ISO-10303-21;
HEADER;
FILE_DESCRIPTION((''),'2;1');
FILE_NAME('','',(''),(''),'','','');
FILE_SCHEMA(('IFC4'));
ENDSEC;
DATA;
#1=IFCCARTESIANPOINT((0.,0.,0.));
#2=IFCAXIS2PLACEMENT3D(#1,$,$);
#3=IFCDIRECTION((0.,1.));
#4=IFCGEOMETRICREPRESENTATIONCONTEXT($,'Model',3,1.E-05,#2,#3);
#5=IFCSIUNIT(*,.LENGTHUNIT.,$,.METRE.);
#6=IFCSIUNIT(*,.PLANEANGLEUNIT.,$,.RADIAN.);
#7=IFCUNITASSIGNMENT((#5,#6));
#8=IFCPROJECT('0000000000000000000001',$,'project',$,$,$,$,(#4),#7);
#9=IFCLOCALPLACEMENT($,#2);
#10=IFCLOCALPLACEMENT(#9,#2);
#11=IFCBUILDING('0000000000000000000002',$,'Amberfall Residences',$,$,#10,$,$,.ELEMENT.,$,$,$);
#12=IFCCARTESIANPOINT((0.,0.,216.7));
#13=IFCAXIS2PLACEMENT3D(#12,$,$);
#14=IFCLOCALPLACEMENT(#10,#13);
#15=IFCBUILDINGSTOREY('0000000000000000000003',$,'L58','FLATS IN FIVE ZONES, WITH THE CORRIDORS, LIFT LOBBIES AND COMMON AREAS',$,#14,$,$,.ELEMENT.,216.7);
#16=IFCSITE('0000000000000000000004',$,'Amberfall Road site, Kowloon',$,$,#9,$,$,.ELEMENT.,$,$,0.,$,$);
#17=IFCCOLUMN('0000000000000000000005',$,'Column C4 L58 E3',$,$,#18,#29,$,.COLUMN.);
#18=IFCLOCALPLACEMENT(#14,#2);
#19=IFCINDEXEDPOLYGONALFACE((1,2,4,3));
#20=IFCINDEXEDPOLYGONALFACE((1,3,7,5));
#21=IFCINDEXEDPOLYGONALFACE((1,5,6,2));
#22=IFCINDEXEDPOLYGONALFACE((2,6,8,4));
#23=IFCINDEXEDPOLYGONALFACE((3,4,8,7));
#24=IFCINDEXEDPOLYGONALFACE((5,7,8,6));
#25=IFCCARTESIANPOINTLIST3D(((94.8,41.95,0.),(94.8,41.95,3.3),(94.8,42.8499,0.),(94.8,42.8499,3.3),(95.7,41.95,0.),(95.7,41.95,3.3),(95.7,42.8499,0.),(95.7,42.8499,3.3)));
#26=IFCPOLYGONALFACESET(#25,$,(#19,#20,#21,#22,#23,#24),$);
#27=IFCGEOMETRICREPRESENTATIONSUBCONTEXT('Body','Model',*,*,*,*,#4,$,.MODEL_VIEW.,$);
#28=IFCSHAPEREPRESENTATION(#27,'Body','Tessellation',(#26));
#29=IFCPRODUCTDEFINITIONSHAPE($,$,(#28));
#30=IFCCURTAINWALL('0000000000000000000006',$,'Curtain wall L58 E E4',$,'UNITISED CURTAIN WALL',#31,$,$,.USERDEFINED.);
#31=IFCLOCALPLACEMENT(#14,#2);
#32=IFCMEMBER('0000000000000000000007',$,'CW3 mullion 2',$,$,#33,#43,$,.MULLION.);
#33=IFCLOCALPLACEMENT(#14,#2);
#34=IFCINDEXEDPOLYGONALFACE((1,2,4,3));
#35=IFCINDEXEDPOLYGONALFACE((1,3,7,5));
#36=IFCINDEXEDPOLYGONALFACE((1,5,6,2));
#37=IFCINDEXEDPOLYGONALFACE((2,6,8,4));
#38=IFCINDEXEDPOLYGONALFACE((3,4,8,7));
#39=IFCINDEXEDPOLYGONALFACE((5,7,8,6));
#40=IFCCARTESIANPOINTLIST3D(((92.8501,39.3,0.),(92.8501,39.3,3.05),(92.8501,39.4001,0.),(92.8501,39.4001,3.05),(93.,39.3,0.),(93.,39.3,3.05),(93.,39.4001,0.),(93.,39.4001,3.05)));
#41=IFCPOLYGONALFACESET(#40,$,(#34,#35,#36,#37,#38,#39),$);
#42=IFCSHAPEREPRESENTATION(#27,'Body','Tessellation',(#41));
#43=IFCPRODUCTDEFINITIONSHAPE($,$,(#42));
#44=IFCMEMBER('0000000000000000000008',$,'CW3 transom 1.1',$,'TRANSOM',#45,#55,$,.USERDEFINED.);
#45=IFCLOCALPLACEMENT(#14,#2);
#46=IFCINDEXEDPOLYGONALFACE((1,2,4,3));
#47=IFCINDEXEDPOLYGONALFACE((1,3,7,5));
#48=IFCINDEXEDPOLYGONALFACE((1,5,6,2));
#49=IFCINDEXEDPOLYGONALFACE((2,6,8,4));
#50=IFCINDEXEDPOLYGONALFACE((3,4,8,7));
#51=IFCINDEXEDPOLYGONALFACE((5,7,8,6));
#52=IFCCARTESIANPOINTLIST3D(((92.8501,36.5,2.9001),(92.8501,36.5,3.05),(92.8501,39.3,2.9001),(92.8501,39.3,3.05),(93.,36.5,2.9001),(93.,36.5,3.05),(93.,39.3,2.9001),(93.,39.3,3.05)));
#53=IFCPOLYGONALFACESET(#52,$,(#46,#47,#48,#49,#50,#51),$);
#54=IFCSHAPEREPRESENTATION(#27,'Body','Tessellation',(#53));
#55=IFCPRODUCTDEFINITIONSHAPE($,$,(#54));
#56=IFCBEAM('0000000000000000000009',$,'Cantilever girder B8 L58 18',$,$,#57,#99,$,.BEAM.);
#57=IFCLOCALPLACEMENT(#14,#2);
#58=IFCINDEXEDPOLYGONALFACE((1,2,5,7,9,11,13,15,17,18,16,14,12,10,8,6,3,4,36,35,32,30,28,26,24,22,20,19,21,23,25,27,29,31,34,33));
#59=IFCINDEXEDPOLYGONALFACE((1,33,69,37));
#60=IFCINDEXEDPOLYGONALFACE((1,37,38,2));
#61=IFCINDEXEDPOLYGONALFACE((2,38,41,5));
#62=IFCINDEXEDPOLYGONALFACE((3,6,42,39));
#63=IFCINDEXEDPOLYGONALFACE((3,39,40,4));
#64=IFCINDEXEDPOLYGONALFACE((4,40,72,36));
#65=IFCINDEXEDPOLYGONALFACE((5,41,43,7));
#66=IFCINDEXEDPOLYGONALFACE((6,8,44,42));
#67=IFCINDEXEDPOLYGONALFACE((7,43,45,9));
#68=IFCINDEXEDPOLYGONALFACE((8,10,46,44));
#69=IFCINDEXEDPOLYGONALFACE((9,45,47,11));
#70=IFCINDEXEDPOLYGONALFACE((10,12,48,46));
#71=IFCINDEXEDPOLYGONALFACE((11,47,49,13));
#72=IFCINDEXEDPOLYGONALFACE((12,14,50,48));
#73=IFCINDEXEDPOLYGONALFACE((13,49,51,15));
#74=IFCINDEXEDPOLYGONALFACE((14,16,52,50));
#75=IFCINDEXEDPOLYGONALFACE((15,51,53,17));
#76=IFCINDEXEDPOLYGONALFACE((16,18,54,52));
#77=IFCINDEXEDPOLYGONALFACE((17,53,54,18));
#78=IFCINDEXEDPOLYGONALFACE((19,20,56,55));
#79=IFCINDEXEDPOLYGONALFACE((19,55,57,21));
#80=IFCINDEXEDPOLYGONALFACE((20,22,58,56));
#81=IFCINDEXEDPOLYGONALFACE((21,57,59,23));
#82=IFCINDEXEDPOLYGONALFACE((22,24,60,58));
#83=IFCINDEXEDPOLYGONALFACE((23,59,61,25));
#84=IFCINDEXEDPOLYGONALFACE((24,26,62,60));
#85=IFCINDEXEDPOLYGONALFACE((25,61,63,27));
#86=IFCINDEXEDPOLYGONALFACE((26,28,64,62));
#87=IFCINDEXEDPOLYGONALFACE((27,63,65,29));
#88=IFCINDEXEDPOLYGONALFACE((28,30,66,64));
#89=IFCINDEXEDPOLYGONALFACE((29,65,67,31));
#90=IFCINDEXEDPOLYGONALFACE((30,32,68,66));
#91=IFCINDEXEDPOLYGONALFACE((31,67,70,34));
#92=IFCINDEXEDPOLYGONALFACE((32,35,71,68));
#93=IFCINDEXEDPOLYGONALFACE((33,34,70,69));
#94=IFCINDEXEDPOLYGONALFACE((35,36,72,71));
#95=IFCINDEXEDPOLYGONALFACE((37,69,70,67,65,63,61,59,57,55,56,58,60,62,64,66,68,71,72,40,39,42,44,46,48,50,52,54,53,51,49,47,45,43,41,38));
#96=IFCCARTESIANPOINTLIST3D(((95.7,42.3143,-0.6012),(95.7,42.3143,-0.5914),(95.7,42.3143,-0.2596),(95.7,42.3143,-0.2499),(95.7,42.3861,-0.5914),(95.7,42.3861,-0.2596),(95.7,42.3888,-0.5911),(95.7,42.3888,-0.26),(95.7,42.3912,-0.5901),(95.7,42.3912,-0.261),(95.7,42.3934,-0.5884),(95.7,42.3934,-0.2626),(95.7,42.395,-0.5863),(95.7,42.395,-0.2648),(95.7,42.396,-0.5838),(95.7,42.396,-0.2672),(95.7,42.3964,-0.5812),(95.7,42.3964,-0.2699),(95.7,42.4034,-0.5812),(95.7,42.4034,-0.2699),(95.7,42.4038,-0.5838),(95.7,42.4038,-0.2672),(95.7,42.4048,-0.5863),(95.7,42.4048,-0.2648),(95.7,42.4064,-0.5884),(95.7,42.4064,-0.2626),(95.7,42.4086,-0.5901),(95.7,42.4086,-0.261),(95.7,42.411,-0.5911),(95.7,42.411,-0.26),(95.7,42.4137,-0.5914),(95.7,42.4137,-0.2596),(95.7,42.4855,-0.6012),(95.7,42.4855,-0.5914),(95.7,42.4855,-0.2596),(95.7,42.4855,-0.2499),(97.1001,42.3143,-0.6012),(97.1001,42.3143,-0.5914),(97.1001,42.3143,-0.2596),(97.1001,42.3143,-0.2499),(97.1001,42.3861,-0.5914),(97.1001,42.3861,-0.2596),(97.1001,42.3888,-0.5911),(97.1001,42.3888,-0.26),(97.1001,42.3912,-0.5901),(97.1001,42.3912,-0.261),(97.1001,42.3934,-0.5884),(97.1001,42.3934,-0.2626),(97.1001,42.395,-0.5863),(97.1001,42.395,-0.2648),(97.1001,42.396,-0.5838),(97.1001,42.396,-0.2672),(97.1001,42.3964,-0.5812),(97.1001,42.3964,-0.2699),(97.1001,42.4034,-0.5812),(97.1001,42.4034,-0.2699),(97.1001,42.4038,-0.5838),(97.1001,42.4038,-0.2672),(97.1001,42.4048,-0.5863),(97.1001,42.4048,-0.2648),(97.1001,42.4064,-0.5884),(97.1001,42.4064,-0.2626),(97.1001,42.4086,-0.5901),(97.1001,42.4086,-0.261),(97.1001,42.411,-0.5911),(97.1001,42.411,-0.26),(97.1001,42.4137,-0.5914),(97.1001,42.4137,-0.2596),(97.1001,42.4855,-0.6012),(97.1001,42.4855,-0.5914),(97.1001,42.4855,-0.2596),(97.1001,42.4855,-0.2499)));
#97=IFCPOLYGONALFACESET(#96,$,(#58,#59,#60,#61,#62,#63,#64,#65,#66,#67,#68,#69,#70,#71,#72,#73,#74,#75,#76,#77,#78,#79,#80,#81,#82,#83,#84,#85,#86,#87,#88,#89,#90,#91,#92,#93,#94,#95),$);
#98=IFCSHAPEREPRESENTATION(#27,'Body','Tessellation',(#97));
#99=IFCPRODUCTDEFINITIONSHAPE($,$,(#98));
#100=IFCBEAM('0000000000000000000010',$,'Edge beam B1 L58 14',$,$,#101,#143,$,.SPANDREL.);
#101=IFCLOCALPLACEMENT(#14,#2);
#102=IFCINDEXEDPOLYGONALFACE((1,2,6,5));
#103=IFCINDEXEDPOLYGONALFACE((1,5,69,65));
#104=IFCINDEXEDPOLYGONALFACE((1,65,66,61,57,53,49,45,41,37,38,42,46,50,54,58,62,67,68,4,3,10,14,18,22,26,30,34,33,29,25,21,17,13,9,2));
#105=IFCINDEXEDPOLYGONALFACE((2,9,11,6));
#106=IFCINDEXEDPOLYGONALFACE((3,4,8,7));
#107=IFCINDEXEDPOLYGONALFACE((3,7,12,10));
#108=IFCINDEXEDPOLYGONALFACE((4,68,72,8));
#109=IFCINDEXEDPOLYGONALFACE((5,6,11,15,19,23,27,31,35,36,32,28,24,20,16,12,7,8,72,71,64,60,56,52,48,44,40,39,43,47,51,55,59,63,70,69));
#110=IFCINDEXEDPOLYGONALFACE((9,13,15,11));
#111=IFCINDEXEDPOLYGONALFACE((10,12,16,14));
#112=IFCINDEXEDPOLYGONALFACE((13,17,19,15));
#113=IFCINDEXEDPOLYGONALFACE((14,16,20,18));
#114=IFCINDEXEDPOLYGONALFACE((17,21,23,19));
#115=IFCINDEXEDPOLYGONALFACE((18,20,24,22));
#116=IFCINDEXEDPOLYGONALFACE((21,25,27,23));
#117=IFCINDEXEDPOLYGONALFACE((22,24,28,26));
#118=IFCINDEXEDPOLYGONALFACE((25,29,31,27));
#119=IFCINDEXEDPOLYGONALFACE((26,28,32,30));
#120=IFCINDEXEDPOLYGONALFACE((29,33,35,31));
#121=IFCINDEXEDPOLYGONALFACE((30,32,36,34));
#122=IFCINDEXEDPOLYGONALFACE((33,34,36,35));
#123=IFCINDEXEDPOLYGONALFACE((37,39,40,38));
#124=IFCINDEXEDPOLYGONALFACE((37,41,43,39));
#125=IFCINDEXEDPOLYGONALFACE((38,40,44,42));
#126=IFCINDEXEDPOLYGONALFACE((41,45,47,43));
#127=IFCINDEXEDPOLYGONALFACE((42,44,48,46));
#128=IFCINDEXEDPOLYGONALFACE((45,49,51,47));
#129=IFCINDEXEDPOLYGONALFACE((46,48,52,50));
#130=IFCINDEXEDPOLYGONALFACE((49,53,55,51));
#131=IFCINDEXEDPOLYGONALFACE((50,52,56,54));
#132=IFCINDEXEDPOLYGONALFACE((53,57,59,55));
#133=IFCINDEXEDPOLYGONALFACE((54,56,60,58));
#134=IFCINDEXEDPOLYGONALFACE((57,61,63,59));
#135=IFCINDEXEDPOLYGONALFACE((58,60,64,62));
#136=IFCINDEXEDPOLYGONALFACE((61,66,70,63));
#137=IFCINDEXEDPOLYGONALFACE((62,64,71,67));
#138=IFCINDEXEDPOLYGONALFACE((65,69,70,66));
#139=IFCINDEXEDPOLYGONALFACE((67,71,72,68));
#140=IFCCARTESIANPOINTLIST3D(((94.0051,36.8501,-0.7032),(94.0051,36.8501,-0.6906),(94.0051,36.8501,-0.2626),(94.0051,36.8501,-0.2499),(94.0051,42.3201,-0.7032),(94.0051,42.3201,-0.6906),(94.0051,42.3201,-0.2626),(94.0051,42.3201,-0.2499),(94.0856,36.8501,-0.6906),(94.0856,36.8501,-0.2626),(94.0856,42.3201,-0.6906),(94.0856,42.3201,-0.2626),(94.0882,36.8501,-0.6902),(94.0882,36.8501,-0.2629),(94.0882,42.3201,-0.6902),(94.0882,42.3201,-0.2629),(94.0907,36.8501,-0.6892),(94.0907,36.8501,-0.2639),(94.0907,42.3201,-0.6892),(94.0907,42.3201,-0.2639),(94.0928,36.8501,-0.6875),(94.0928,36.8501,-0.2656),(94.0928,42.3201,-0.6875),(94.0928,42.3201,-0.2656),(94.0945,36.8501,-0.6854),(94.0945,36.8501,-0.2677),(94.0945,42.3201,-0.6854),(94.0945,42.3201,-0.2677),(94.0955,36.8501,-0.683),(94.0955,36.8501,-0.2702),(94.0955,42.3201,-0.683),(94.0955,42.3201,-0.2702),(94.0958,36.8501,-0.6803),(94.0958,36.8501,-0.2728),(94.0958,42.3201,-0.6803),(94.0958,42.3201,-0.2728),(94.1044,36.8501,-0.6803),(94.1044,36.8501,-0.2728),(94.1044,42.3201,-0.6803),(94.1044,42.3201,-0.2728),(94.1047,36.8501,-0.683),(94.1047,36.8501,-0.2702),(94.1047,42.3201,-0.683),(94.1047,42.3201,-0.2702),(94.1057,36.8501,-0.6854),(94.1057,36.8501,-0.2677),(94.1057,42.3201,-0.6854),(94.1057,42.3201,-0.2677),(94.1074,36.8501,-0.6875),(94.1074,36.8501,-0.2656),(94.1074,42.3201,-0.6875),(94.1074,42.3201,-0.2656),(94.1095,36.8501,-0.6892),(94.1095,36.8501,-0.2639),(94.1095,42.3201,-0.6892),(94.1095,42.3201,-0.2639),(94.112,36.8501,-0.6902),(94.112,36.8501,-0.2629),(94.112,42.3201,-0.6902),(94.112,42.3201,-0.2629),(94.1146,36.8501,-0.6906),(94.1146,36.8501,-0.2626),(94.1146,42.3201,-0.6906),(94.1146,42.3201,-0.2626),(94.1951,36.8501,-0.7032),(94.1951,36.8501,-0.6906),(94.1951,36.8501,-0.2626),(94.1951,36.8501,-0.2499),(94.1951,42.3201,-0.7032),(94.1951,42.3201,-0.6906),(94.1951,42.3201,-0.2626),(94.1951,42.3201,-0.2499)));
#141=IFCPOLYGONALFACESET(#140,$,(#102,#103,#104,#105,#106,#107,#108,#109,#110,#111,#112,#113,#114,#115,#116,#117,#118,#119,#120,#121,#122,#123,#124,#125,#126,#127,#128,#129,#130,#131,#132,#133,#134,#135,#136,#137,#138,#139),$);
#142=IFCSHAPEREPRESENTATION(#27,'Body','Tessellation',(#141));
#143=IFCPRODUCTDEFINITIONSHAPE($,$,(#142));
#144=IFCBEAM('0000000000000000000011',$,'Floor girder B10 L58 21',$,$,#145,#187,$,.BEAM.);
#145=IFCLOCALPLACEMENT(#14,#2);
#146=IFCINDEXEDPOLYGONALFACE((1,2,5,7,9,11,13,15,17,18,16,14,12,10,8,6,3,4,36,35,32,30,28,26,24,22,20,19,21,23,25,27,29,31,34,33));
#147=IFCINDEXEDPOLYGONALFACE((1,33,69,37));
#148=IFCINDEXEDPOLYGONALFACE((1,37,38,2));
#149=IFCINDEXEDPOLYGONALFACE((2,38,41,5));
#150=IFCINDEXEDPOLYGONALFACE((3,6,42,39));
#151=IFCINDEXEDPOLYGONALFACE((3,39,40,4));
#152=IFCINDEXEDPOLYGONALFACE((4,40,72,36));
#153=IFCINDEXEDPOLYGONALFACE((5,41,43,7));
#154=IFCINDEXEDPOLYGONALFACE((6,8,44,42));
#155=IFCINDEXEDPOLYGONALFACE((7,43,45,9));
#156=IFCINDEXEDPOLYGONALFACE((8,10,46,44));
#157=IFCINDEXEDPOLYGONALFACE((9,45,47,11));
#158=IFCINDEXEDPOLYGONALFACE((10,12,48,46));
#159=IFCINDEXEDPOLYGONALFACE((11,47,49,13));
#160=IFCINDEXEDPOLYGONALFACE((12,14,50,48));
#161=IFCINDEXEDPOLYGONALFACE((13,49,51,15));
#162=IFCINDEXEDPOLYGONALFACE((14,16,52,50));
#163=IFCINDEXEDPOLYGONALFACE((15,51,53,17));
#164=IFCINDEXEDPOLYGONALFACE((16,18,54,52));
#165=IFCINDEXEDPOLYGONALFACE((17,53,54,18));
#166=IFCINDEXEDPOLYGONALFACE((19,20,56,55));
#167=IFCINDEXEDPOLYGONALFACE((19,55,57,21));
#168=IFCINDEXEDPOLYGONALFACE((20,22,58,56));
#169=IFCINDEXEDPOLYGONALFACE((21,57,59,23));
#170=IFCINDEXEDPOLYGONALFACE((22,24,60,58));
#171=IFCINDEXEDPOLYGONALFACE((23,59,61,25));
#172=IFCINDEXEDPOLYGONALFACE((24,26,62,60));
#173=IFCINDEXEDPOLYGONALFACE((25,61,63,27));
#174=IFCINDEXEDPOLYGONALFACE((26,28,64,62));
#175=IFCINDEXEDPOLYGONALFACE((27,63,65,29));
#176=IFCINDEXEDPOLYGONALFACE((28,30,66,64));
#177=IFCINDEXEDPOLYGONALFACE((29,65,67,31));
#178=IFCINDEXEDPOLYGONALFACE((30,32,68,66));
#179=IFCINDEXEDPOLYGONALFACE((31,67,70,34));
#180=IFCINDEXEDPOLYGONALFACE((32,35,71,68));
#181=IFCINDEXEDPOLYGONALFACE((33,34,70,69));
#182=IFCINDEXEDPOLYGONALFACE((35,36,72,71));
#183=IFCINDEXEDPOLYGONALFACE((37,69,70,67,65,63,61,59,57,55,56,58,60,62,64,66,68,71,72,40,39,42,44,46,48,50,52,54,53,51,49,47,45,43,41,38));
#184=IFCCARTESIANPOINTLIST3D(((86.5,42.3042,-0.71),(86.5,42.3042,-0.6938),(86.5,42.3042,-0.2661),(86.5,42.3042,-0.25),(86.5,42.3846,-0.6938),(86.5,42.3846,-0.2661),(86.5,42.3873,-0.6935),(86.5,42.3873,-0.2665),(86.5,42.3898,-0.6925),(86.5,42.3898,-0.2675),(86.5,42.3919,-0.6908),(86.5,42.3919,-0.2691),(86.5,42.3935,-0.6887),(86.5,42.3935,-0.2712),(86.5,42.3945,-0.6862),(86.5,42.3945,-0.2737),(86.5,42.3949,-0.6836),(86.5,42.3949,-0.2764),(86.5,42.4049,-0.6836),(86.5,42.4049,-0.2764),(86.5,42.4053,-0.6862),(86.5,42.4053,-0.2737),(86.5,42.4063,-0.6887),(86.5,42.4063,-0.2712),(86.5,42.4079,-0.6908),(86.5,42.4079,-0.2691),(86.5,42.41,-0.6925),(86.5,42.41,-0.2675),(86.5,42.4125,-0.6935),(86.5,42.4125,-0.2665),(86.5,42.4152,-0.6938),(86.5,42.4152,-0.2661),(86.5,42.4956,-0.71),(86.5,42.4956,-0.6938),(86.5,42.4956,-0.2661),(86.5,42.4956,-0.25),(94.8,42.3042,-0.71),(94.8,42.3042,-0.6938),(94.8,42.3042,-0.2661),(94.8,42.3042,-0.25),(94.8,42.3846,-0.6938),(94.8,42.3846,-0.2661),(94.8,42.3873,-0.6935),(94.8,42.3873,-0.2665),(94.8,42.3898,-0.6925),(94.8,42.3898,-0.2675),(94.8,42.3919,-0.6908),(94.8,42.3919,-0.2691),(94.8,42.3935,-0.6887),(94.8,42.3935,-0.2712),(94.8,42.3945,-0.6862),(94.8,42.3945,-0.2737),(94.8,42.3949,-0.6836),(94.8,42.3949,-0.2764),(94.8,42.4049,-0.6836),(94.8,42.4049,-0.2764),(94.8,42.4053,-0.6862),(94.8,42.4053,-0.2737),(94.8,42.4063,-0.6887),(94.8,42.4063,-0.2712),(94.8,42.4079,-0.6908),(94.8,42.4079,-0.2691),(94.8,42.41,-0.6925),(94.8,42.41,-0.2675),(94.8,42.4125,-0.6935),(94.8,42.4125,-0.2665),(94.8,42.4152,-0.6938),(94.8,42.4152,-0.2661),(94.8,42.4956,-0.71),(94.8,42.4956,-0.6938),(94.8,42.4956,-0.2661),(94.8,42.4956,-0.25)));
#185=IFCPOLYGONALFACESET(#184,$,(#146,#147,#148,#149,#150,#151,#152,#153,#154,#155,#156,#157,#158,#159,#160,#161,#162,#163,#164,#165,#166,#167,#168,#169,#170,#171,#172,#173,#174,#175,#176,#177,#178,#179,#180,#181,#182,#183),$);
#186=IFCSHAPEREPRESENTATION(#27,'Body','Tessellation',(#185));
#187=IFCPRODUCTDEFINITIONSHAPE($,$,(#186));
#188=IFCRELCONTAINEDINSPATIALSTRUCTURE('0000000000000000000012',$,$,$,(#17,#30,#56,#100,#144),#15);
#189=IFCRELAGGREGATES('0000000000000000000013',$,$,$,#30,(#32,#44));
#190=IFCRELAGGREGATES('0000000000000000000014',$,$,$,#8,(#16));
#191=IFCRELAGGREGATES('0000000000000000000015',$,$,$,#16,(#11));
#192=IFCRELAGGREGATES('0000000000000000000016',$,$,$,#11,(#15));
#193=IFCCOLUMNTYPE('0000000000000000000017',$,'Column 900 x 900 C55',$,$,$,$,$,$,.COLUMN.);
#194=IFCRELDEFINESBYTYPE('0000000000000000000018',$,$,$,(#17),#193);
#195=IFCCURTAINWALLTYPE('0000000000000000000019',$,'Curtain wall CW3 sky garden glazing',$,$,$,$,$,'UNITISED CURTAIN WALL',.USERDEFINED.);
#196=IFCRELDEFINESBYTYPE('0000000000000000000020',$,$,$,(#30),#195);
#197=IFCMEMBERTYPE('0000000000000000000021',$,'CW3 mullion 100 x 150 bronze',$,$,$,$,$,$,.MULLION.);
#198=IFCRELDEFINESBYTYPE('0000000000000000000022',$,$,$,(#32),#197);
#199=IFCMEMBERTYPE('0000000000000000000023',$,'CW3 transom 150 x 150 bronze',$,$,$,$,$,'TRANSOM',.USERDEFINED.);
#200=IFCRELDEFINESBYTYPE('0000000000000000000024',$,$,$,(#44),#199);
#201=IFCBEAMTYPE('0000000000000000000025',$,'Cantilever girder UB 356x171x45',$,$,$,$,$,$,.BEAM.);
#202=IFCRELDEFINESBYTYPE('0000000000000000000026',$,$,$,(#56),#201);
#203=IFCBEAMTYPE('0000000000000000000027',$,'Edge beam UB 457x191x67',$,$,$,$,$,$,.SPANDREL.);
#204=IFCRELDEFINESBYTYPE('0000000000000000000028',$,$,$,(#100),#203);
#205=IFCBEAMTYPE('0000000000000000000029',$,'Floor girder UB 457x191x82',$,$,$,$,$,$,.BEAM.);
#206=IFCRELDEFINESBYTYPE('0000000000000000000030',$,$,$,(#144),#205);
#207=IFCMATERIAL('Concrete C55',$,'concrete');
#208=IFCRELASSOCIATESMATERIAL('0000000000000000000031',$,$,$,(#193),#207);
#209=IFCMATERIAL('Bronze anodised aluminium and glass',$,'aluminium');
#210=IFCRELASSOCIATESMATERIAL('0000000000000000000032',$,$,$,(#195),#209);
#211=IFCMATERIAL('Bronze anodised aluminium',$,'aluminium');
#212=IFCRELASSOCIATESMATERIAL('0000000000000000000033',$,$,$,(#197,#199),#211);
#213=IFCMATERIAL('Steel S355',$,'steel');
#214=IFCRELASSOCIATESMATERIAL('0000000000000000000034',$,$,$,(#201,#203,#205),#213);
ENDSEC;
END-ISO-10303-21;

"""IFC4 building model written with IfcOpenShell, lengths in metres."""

from ifc_helpers import new_model, si_unit, direction, frame, origin, origin_2d, place, context, subcontext, project, spatial, rectangle, i_section, extrude, material, material_profile, profile_set, type_object, element, aggregate, save


model = new_model("IFC4")

# Units and contexts
model_context = context("Model", 3, precision=1e-05, world=origin(), true_north=direction((0.0, 1.0)))
body_context = subcontext(model_context, "Body", "Model", "MODEL_VIEW")
ifc_project = project(units=[si_unit("LENGTHUNIT", "METRE"), si_unit("PLANEANGLEUNIT", "RADIAN")], contexts=[model_context])

# Site, building, storey
site_placement = place(None, origin())
site = spatial("IfcSite", under=ifc_project, at=site_placement, Name="Amberfall Road site, Kowloon", CompositionType="ELEMENT", RefElevation=0.0)
building_placement = place(site_placement, origin())
building = spatial("IfcBuilding", under=site, at=building_placement, Name="Amberfall Residences", CompositionType="ELEMENT")
storey_placement = place(building_placement, frame((0.0, 0.0, 216.7)))
storey = spatial("IfcBuildingStorey", under=building, at=storey_placement, Name="L58", Description="FLATS IN FIVE ZONES, WITH THE CORRIDORS, LIFT LOBBIES AND COMMON AREAS", CompositionType="ELEMENT", Elevation=216.7)

# Column
ifc_material_1 = material(Name="Concrete C55", Category="concrete")
ifc_material_profile_1 = material_profile(ifc_material_1, rectangle(XDim=0.8999, YDim=0.8999, at=origin_2d()), Name="Column 900 x 900 C55")
ifc_profile_set_1 = profile_set([ifc_material_profile_1], Name="Concrete C55")
column_type = type_object("IfcColumnType", Name="Column 900 x 900 C55", PredefinedType="COLUMN", material=ifc_profile_set_1)
column_placement = place(storey_placement, frame((95.25, 42.3999, 0.0), z_axis=(0.0, 0.0, 1.0), x_axis=(1.0, 0.0, 0.0)))
element("IfcColumn", 1, at=column_placement, inside=storey, type_object=column_type, Name="Column C4 L58 E3", PredefinedType="COLUMN", context=body_context, shape_type="SweptSolid", body=[
    extrude(rectangle(XDim=0.8999, YDim=0.8999, at=origin_2d()), origin(), (0.0, 0.0, 1.0), 3.3),
])

# Curtain wall, members
ifc_material_2 = material(Name="Bronze anodised aluminium and glass", Category="aluminium")
curtain_wall_type = type_object("IfcCurtainWallType", Name="Curtain wall CW3 sky garden glazing", ElementType="UNITISED CURTAIN WALL", PredefinedType="USERDEFINED", material=ifc_material_2)
curtain_wall_placement = place(storey_placement, origin())
curtain_wall = element("IfcCurtainWall", 2, at=curtain_wall_placement, inside=storey, type_object=curtain_wall_type, Name="Curtain wall L58 E E4", ObjectType="UNITISED CURTAIN WALL", PredefinedType="USERDEFINED")
ifc_material_3 = material(Name="Bronze anodised aluminium", Category="aluminium")
ifc_material_profile_2 = material_profile(ifc_material_3, rectangle(XDim=0.1499, YDim=0.1001, at=origin_2d()), Name="CW3 mullion 100 x 150 bronze")
ifc_profile_set_2 = profile_set([ifc_material_profile_2], Name="Bronze anodised aluminium")
member_type_1 = type_object("IfcMemberType", Name="CW3 mullion 100 x 150 bronze", PredefinedType="MULLION", material=ifc_profile_set_2)
member_1_placement = place(storey_placement, frame((92.925, 39.3501, 0.0), z_axis=(0.0, 0.0, 1.0), x_axis=(-1.0, 0.0, 0.0)))
member_1 = element("IfcMember", 3, at=member_1_placement, type_object=member_type_1, Name="CW3 mullion 2", PredefinedType="MULLION", context=body_context, shape_type="SweptSolid", body=[
    extrude(rectangle(XDim=0.1499, YDim=0.1001, at=origin_2d()), origin(), (0.0, 0.0, 1.0), 3.05),
])
ifc_material_profile_3 = material_profile(ifc_material_3, rectangle(XDim=0.1499, YDim=0.1499, at=origin_2d()), Name="CW3 transom 150 x 150 bronze")
ifc_profile_set_3 = profile_set([ifc_material_profile_3], Name="Bronze anodised aluminium")
member_type_2 = type_object("IfcMemberType", Name="CW3 transom 150 x 150 bronze", ElementType="TRANSOM", PredefinedType="USERDEFINED", material=ifc_profile_set_3)
member_2_placement = place(storey_placement, frame((92.925, 36.5, 2.9751), z_axis=(0.0, 1.0, 0.0), x_axis=(-1.0, 0.0, 0.0)))
member_2 = element("IfcMember", 4, at=member_2_placement, type_object=member_type_2, Name="CW3 transom 1.1", ObjectType="TRANSOM", PredefinedType="USERDEFINED", context=body_context, shape_type="SweptSolid", body=[
    extrude(rectangle(XDim=0.1499, YDim=0.1499, at=origin_2d()), origin(), (0.0, 0.0, 1.0), 2.8),
])

# Beams
ifc_material_4 = material(Name="Steel S355", Category="steel")
ifc_material_profile_4 = material_profile(ifc_material_4, i_section(OverallWidth=0.1711, OverallDepth=0.3513, WebThickness=0.0071, FlangeThickness=0.0098, FilletRadius=0.0103, at=origin_2d()), Name="UB 356x171x45")
ifc_profile_set_4 = profile_set([ifc_material_profile_4], Name="Steel S355")
beam_type_1 = type_object("IfcBeamType", Name="Cantilever girder UB 356x171x45", PredefinedType="BEAM", material=ifc_profile_set_4)
beam_1_placement = place(storey_placement, frame((95.7, 42.3999, -0.4255), z_axis=(1.0, 0.0, 0.0), x_axis=(0.0, 1.0, 0.0)))
element("IfcBeam", 5, at=beam_1_placement, inside=storey, type_object=beam_type_1, Name="Cantilever girder B8 L58 18", PredefinedType="BEAM", context=body_context, shape_type="SweptSolid", body=[
    extrude(i_section(OverallWidth=0.1711, OverallDepth=0.3513, WebThickness=0.0071, FlangeThickness=0.0098, FilletRadius=0.0103, at=origin_2d()), origin(), (0.0, 0.0, 1.0), 1.4001),
])
ifc_material_profile_5 = material_profile(ifc_material_4, i_section(OverallWidth=0.1899, OverallDepth=0.4534, WebThickness=0.0085, FlangeThickness=0.0127, FilletRadius=0.0103, at=origin_2d()), Name="UB 457x191x67")
ifc_profile_set_5 = profile_set([ifc_material_profile_5], Name="Steel S355")
beam_type_2 = type_object("IfcBeamType", Name="Edge beam UB 457x191x67", PredefinedType="SPANDREL", material=ifc_profile_set_5)
beam_2_placement = place(storey_placement, frame((94.1001, 36.8501, -0.4766), z_axis=(0.0, 1.0, 0.0), x_axis=(-1.0, 0.0, 0.0)))
element("IfcBeam", 6, at=beam_2_placement, inside=storey, type_object=beam_type_2, Name="Edge beam B1 L58 14", PredefinedType="SPANDREL", context=body_context, shape_type="SweptSolid", body=[
    extrude(i_section(OverallWidth=0.1899, OverallDepth=0.4534, WebThickness=0.0085, FlangeThickness=0.0127, FilletRadius=0.0103, at=origin_2d()), origin(), (0.0, 0.0, 1.0), 5.47),
])
ifc_material_profile_6 = material_profile(ifc_material_4, i_section(OverallWidth=0.1914, OverallDepth=0.46, WebThickness=0.01, FlangeThickness=0.0161, FilletRadius=0.0103, at=origin_2d()), Name="UB 457x191x82")
ifc_profile_set_6 = profile_set([ifc_material_profile_6], Name="Steel S355")
beam_type_3 = type_object("IfcBeamType", Name="Floor girder UB 457x191x82", PredefinedType="BEAM", material=ifc_profile_set_6)
beam_3_placement = place(storey_placement, frame((94.8, 42.3999, -0.48), z_axis=(-1.0, 0.0, 0.0), x_axis=(0.0, -1.0, 0.0)))
element("IfcBeam", 7, at=beam_3_placement, inside=storey, type_object=beam_type_3, Name="Floor girder B10 L58 21", PredefinedType="BEAM", context=body_context, shape_type="SweptSolid", body=[
    extrude(i_section(OverallWidth=0.1914, OverallDepth=0.46, WebThickness=0.01, FlangeThickness=0.0161, FilletRadius=0.0103, at=origin_2d()), origin(), (0.0, 0.0, 1.0), 8.3),
])

aggregate(curtain_wall, [member_1, member_2])

save(model, "model.ifc")
